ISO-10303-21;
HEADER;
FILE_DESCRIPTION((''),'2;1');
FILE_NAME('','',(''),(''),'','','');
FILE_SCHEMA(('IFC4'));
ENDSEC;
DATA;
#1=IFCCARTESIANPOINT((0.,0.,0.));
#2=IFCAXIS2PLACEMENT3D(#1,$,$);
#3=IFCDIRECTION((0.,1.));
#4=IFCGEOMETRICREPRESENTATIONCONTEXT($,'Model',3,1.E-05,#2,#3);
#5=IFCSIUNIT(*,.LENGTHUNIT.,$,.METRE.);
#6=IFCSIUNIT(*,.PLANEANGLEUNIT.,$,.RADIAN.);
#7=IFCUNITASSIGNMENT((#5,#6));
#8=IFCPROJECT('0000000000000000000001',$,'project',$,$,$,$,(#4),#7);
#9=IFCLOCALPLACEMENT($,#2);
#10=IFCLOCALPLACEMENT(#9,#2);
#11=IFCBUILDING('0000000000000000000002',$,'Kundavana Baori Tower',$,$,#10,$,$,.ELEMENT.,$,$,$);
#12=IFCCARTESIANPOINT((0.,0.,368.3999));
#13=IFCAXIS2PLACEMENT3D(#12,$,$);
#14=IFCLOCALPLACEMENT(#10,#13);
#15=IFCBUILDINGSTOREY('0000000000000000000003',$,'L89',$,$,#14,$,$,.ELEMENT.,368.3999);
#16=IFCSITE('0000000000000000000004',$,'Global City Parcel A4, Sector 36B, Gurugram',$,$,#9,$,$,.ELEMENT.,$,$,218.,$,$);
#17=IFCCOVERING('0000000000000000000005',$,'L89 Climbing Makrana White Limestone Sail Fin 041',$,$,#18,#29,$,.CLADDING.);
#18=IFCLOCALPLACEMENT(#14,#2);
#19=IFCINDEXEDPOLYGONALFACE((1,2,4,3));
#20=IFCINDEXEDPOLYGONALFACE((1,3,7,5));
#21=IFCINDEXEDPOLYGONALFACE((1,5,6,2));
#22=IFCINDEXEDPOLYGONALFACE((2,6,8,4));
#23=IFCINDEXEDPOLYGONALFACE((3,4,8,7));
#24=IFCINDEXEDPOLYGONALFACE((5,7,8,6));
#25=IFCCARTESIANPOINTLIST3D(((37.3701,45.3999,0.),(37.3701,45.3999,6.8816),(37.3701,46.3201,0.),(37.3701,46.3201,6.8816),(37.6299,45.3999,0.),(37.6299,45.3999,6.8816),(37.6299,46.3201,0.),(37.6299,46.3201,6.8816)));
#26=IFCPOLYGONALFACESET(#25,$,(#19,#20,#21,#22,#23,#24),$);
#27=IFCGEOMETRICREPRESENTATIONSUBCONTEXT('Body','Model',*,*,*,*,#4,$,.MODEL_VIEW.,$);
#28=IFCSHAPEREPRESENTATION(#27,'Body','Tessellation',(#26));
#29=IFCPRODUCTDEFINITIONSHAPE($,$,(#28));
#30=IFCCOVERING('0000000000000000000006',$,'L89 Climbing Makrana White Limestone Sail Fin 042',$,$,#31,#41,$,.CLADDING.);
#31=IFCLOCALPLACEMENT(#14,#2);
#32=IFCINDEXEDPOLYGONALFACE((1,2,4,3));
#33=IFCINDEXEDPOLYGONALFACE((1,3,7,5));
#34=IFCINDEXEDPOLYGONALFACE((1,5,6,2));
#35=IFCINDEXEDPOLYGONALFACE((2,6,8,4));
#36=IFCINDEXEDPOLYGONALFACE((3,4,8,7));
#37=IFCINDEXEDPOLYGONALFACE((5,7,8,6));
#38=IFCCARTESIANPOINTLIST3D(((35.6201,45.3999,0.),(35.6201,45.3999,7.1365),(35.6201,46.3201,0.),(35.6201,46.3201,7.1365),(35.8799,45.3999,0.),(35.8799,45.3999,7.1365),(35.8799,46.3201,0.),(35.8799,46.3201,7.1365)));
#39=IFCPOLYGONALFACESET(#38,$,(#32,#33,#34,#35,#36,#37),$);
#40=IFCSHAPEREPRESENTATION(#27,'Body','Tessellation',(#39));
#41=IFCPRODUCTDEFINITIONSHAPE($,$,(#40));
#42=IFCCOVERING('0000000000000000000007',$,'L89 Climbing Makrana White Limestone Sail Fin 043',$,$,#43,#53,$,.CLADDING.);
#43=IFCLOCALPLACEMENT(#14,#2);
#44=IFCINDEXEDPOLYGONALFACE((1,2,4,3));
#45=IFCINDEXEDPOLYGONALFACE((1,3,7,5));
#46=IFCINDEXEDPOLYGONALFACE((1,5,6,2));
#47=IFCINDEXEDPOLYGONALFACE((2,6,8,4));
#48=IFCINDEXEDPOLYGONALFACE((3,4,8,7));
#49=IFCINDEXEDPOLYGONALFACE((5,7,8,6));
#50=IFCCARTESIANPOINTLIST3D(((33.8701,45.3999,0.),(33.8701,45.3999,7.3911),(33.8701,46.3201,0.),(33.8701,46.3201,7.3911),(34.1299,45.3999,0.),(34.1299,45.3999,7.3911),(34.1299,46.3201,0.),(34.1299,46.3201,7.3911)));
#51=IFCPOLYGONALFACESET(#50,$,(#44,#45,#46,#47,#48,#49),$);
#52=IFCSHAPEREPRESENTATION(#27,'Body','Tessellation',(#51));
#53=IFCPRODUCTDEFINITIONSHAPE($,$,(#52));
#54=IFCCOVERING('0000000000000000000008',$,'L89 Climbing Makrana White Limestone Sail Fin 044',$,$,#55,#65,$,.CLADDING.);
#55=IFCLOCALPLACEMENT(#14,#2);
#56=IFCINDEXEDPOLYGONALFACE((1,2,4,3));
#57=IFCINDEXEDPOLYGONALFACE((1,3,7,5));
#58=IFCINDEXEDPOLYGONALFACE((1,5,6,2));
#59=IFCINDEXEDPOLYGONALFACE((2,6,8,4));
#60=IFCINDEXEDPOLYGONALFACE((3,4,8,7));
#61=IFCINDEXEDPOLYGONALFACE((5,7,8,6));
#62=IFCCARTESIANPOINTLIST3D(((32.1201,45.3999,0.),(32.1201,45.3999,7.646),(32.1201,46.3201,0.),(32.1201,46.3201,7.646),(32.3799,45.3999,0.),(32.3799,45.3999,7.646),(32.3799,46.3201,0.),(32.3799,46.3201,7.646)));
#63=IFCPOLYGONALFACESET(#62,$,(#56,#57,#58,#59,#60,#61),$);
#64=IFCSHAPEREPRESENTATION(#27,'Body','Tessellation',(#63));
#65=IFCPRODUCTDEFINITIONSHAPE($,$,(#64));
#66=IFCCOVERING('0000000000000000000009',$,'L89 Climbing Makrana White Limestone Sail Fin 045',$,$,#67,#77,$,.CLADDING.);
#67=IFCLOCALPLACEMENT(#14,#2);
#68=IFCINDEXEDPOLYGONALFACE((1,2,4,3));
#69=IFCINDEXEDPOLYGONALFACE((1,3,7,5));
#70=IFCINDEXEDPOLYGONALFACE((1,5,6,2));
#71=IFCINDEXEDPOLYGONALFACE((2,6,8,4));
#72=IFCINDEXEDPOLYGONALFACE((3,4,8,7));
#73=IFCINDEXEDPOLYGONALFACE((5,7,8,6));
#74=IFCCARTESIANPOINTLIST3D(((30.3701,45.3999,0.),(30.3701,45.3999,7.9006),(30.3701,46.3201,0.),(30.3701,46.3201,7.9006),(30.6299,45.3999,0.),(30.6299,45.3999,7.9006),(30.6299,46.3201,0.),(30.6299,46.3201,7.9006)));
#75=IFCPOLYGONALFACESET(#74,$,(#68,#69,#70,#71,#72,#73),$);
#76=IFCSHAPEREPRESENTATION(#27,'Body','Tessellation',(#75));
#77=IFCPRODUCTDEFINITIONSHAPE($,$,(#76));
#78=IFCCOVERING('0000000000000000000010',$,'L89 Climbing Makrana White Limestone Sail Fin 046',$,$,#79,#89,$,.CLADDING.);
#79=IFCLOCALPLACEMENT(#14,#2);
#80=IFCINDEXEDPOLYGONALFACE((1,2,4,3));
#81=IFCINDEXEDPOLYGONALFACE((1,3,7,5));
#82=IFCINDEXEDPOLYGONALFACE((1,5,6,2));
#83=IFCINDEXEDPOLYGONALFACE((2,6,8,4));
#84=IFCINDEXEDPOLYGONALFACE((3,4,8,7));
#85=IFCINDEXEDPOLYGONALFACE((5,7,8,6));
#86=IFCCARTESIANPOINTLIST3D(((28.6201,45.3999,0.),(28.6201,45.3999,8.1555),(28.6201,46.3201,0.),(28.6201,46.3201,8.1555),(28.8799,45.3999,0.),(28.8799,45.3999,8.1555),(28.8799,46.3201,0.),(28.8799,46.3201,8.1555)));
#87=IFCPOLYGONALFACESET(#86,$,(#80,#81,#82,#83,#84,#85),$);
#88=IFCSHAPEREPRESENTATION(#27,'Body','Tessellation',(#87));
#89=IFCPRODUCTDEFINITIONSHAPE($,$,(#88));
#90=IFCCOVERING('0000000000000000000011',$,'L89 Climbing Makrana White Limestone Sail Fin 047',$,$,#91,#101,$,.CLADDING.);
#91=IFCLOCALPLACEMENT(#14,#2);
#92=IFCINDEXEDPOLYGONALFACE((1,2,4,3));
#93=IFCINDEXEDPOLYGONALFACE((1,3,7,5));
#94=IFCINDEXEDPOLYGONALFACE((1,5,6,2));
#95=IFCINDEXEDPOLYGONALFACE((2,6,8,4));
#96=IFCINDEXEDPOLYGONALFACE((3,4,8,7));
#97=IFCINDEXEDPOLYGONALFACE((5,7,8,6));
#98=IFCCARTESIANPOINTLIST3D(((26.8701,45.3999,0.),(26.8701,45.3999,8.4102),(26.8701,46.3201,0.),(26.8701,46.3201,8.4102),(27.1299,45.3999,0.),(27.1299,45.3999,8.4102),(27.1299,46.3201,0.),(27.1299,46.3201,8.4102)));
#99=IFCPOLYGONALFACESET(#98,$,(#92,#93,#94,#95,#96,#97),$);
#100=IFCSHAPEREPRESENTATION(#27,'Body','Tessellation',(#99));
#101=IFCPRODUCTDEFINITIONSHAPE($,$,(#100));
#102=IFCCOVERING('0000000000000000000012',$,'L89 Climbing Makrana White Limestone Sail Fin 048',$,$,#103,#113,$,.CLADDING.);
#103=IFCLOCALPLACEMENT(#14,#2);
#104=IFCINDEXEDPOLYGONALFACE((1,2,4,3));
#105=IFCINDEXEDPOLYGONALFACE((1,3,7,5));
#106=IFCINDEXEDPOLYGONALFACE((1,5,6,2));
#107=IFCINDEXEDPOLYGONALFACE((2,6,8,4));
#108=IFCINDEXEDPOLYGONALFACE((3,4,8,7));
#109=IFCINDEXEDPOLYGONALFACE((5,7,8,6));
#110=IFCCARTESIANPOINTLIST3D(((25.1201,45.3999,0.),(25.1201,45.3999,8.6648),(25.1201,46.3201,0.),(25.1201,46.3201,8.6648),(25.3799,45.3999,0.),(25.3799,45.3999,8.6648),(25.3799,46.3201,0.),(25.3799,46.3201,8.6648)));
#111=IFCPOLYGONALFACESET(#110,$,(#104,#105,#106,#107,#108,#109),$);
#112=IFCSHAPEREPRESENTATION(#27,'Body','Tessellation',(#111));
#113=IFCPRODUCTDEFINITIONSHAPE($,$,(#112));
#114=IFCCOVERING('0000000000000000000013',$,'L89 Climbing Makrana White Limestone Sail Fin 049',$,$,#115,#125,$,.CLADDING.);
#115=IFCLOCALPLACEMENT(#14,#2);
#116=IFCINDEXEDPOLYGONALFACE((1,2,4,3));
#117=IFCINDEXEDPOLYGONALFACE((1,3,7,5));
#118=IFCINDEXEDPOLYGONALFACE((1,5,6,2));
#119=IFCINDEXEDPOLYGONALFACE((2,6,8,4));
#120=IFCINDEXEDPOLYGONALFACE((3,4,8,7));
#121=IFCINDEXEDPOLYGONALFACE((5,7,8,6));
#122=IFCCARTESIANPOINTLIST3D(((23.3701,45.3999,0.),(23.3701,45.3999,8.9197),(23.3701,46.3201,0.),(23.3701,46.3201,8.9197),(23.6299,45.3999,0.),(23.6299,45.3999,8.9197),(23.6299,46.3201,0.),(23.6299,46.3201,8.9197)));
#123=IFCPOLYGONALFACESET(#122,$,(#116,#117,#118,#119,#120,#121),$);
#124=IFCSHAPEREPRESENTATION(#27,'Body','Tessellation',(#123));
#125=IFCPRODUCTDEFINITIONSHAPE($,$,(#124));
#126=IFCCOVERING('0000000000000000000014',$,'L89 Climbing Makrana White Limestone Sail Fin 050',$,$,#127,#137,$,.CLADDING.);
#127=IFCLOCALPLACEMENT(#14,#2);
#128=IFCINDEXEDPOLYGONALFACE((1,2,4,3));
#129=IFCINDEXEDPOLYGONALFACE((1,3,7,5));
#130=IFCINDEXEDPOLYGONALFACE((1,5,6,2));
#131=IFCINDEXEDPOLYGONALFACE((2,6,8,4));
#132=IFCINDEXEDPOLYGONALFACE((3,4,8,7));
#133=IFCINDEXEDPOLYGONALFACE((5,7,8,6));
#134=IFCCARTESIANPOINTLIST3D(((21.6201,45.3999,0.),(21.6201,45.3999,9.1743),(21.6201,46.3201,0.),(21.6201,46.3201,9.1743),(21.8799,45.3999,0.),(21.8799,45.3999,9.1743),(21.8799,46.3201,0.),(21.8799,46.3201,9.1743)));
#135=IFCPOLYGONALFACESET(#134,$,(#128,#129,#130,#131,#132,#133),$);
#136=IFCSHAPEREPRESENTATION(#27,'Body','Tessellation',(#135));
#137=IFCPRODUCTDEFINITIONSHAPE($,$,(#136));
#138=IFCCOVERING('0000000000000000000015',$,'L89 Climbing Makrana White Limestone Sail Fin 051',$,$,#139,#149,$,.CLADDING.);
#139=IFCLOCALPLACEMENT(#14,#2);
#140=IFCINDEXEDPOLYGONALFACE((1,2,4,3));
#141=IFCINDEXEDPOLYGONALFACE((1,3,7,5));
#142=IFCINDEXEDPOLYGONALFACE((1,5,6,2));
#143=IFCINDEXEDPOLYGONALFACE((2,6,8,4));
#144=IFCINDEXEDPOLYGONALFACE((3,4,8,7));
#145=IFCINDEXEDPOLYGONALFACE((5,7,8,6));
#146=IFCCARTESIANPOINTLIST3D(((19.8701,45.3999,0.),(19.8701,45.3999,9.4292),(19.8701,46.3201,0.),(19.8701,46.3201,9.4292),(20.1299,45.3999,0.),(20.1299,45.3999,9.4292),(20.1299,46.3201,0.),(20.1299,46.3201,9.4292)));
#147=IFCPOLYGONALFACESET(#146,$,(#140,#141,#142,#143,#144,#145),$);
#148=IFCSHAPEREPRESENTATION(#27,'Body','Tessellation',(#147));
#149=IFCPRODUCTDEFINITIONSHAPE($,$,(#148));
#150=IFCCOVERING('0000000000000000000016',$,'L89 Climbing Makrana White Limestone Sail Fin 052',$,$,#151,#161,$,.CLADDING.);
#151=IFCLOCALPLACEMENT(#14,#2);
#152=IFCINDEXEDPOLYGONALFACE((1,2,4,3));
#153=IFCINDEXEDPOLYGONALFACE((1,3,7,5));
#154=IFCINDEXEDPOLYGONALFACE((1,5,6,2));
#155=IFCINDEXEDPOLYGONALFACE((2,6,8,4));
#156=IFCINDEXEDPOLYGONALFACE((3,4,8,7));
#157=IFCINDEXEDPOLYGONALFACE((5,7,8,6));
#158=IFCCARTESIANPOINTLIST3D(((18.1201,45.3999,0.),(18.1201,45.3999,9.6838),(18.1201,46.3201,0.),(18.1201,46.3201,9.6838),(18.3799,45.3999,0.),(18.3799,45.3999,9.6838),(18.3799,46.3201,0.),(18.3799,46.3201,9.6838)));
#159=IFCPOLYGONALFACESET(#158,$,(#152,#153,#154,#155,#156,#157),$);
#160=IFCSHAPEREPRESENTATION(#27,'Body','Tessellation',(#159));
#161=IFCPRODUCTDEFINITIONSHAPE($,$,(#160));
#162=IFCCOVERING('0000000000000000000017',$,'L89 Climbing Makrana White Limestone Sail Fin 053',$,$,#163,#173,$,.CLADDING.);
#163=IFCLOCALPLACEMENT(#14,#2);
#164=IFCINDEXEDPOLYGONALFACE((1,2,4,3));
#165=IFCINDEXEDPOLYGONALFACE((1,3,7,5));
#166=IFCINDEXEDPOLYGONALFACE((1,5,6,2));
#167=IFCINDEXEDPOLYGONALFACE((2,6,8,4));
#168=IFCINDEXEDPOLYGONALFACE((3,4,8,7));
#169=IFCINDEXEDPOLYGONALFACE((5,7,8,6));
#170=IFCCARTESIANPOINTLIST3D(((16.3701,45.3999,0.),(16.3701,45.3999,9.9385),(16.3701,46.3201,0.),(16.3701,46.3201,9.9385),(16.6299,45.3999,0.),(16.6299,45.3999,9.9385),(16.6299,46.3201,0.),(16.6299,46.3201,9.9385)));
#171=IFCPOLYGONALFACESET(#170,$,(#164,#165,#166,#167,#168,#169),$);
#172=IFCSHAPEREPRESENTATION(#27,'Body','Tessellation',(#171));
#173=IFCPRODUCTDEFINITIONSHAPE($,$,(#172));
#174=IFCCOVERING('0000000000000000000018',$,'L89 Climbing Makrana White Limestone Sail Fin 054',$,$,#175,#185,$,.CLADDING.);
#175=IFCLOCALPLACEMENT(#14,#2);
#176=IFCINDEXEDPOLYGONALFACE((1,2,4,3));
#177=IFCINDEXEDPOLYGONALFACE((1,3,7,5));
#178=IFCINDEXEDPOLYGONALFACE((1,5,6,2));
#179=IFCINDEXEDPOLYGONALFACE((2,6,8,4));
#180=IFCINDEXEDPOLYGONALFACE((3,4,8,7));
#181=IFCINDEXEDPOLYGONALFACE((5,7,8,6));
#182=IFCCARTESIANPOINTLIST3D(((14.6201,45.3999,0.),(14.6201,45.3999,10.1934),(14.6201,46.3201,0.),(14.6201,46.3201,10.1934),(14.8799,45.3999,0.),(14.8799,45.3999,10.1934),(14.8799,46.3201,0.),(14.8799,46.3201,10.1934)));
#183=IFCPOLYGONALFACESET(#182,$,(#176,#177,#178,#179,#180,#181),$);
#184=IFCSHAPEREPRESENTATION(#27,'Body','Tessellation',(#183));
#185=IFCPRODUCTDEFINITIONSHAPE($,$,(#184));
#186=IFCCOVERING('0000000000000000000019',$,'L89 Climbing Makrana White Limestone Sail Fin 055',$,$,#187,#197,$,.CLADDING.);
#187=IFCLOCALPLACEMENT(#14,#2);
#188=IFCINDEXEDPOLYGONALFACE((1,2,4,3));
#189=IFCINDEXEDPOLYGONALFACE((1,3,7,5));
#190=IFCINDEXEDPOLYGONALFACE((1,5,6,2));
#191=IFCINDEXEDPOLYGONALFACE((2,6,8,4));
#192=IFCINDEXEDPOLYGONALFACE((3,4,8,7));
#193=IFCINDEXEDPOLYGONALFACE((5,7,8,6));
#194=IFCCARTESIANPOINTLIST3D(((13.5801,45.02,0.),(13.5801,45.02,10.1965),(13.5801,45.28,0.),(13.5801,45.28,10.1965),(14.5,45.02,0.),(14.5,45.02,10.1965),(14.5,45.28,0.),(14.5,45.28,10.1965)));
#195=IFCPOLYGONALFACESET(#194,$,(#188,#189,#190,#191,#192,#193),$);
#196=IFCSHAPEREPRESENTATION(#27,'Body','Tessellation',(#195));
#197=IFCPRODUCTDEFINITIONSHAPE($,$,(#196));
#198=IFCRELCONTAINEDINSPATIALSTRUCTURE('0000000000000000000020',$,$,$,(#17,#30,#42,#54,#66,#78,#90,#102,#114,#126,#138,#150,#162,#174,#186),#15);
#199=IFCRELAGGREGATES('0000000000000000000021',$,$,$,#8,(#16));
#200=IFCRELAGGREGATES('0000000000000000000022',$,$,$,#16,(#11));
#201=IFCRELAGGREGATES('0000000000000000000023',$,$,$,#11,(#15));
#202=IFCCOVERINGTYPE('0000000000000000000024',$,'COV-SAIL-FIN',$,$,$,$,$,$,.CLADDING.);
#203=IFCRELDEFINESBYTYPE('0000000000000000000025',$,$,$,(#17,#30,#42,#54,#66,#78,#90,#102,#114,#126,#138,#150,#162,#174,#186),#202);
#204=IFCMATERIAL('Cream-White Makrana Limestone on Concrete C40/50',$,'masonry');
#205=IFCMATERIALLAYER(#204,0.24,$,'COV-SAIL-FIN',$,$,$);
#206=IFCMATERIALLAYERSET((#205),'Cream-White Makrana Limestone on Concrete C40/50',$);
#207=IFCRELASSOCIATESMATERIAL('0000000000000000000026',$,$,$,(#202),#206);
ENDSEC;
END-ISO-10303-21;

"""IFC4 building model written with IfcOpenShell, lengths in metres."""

from ifc_helpers import new_model, si_unit, direction, frame, origin, place, context, subcontext, project, spatial, polyline, outline, extrude, material, layer, layer_set, type_object, element, save


model = new_model("IFC4")

# Units and contexts
model_context = context("Model", 3, precision=1e-05, world=origin(), true_north=direction((0.0, 1.0)))
body_context = subcontext(model_context, "Body", "Model", "MODEL_VIEW")
ifc_project = project(units=[si_unit("LENGTHUNIT", "METRE"), si_unit("PLANEANGLEUNIT", "RADIAN")], contexts=[model_context])

# Site, building, storey
site_placement = place(None, origin())
site = spatial("IfcSite", under=ifc_project, at=site_placement, Name="Global City Parcel A4, Sector 36B, Gurugram", CompositionType="ELEMENT", RefElevation=218.0)
building_placement = place(site_placement, origin())
building = spatial("IfcBuilding", under=site, at=building_placement, Name="Kundavana Baori Tower", CompositionType="ELEMENT")
storey_placement = place(building_placement, frame((0.0, 0.0, 368.3999)))
storey = spatial("IfcBuildingStorey", under=building, at=storey_placement, Name="L89", CompositionType="ELEMENT", Elevation=368.3999)

# Coverings
ifc_material = material(Name="Cream-White Makrana Limestone on Concrete C40/50", Category="masonry")
ifc_layer = layer(ifc_material, 0.24, Name="COV-SAIL-FIN")
ifc_layer_set = layer_set([ifc_layer], Name="Cream-White Makrana Limestone on Concrete C40/50")
covering_type = type_object("IfcCoveringType", Name="COV-SAIL-FIN", PredefinedType="CLADDING", material=ifc_layer_set)
covering_1_placement = place(storey_placement, origin())
element("IfcCovering", 1, at=covering_1_placement, inside=storey, type_object=covering_type, Name="L89 Climbing Makrana White Limestone Sail Fin 041", PredefinedType="CLADDING", context=body_context, shape_type="SweptSolid", body=[
    extrude(outline(polyline([(37.3701, 45.3999), (37.6299, 45.3999), (37.6299, 46.3201), (37.3701, 46.3201), (37.3701, 45.3999)])), origin(), (0.0, 0.0, 1.0), 6.8816),
])
covering_2_placement = place(storey_placement, origin())
element("IfcCovering", 2, at=covering_2_placement, inside=storey, type_object=covering_type, Name="L89 Climbing Makrana White Limestone Sail Fin 042", PredefinedType="CLADDING", context=body_context, shape_type="SweptSolid", body=[
    extrude(outline(polyline([(35.6201, 45.3999), (35.8799, 45.3999), (35.8799, 46.3201), (35.6201, 46.3201), (35.6201, 45.3999)])), origin(), (0.0, 0.0, 1.0), 7.1365),
])
covering_3_placement = place(storey_placement, origin())
element("IfcCovering", 3, at=covering_3_placement, inside=storey, type_object=covering_type, Name="L89 Climbing Makrana White Limestone Sail Fin 043", PredefinedType="CLADDING", context=body_context, shape_type="SweptSolid", body=[
    extrude(outline(polyline([(33.8701, 45.3999), (34.1299, 45.3999), (34.1299, 46.3201), (33.8701, 46.3201), (33.8701, 45.3999)])), origin(), (0.0, 0.0, 1.0), 7.3911),
])
covering_4_placement = place(storey_placement, origin())
element("IfcCovering", 4, at=covering_4_placement, inside=storey, type_object=covering_type, Name="L89 Climbing Makrana White Limestone Sail Fin 044", PredefinedType="CLADDING", context=body_context, shape_type="SweptSolid", body=[
    extrude(outline(polyline([(32.1201, 45.3999), (32.3799, 45.3999), (32.3799, 46.3201), (32.1201, 46.3201), (32.1201, 45.3999)])), origin(), (0.0, 0.0, 1.0), 7.646),
])
covering_5_placement = place(storey_placement, origin())
element("IfcCovering", 5, at=covering_5_placement, inside=storey, type_object=covering_type, Name="L89 Climbing Makrana White Limestone Sail Fin 045", PredefinedType="CLADDING", context=body_context, shape_type="SweptSolid", body=[
    extrude(outline(polyline([(30.3701, 45.3999), (30.6299, 45.3999), (30.6299, 46.3201), (30.3701, 46.3201), (30.3701, 45.3999)])), origin(), (0.0, 0.0, 1.0), 7.9006),
])
covering_6_placement = place(storey_placement, origin())
element("IfcCovering", 6, at=covering_6_placement, inside=storey, type_object=covering_type, Name="L89 Climbing Makrana White Limestone Sail Fin 046", PredefinedType="CLADDING", context=body_context, shape_type="SweptSolid", body=[
    extrude(outline(polyline([(28.6201, 45.3999), (28.8799, 45.3999), (28.8799, 46.3201), (28.6201, 46.3201), (28.6201, 45.3999)])), origin(), (0.0, 0.0, 1.0), 8.1555),
])
covering_7_placement = place(storey_placement, origin())
element("IfcCovering", 7, at=covering_7_placement, inside=storey, type_object=covering_type, Name="L89 Climbing Makrana White Limestone Sail Fin 047", PredefinedType="CLADDING", context=body_context, shape_type="SweptSolid", body=[
    extrude(outline(polyline([(26.8701, 45.3999), (27.1299, 45.3999), (27.1299, 46.3201), (26.8701, 46.3201), (26.8701, 45.3999)])), origin(), (0.0, 0.0, 1.0), 8.4102),
])
covering_8_placement = place(storey_placement, origin())
element("IfcCovering", 8, at=covering_8_placement, inside=storey, type_object=covering_type, Name="L89 Climbing Makrana White Limestone Sail Fin 048", PredefinedType="CLADDING", context=body_context, shape_type="SweptSolid", body=[
    extrude(outline(polyline([(25.1201, 45.3999), (25.3799, 45.3999), (25.3799, 46.3201), (25.1201, 46.3201), (25.1201, 45.3999)])), origin(), (0.0, 0.0, 1.0), 8.6648),
])
covering_9_placement = place(storey_placement, origin())
element("IfcCovering", 9, at=covering_9_placement, inside=storey, type_object=covering_type, Name="L89 Climbing Makrana White Limestone Sail Fin 049", PredefinedType="CLADDING", context=body_context, shape_type="SweptSolid", body=[
    extrude(outline(polyline([(23.3701, 45.3999), (23.6299, 45.3999), (23.6299, 46.3201), (23.3701, 46.3201), (23.3701, 45.3999)])), origin(), (0.0, 0.0, 1.0), 8.9197),
])
covering_10_placement = place(storey_placement, origin())
element("IfcCovering", 10, at=covering_10_placement, inside=storey, type_object=covering_type, Name="L89 Climbing Makrana White Limestone Sail Fin 050", PredefinedType="CLADDING", context=body_context, shape_type="SweptSolid", body=[
    extrude(outline(polyline([(21.6201, 45.3999), (21.8799, 45.3999), (21.8799, 46.3201), (21.6201, 46.3201), (21.6201, 45.3999)])), origin(), (0.0, 0.0, 1.0), 9.1743),
])
covering_11_placement = place(storey_placement, origin())
element("IfcCovering", 11, at=covering_11_placement, inside=storey, type_object=covering_type, Name="L89 Climbing Makrana White Limestone Sail Fin 051", PredefinedType="CLADDING", context=body_context, shape_type="SweptSolid", body=[
    extrude(outline(polyline([(19.8701, 45.3999), (20.1299, 45.3999), (20.1299, 46.3201), (19.8701, 46.3201), (19.8701, 45.3999)])), origin(), (0.0, 0.0, 1.0), 9.4292),
])
covering_12_placement = place(storey_placement, origin())
element("IfcCovering", 12, at=covering_12_placement, inside=storey, type_object=covering_type, Name="L89 Climbing Makrana White Limestone Sail Fin 052", PredefinedType="CLADDING", context=body_context, shape_type="SweptSolid", body=[
    extrude(outline(polyline([(18.1201, 45.3999), (18.3799, 45.3999), (18.3799, 46.3201), (18.1201, 46.3201), (18.1201, 45.3999)])), origin(), (0.0, 0.0, 1.0), 9.6838),
])
covering_13_placement = place(storey_placement, origin())
element("IfcCovering", 13, at=covering_13_placement, inside=storey, type_object=covering_type, Name="L89 Climbing Makrana White Limestone Sail Fin 053", PredefinedType="CLADDING", context=body_context, shape_type="SweptSolid", body=[
    extrude(outline(polyline([(16.3701, 45.3999), (16.6299, 45.3999), (16.6299, 46.3201), (16.3701, 46.3201), (16.3701, 45.3999)])), origin(), (0.0, 0.0, 1.0), 9.9385),
])
covering_14_placement = place(storey_placement, origin())
element("IfcCovering", 14, at=covering_14_placement, inside=storey, type_object=covering_type, Name="L89 Climbing Makrana White Limestone Sail Fin 054", PredefinedType="CLADDING", context=body_context, shape_type="SweptSolid", body=[
    extrude(outline(polyline([(14.6201, 45.3999), (14.8799, 45.3999), (14.8799, 46.3201), (14.6201, 46.3201), (14.6201, 45.3999)])), origin(), (0.0, 0.0, 1.0), 10.1934),
])
covering_15_placement = place(storey_placement, origin())
element("IfcCovering", 15, at=covering_15_placement, inside=storey, type_object=covering_type, Name="L89 Climbing Makrana White Limestone Sail Fin 055", PredefinedType="CLADDING", context=body_context, shape_type="SweptSolid", body=[
    extrude(outline(polyline([(13.5801, 45.02), (14.5, 45.02), (14.5, 45.28), (13.5801, 45.28), (13.5801, 45.02)])), origin(), (0.0, 0.0, 1.0), 10.1965),
])

save(model, "model.ifc")
